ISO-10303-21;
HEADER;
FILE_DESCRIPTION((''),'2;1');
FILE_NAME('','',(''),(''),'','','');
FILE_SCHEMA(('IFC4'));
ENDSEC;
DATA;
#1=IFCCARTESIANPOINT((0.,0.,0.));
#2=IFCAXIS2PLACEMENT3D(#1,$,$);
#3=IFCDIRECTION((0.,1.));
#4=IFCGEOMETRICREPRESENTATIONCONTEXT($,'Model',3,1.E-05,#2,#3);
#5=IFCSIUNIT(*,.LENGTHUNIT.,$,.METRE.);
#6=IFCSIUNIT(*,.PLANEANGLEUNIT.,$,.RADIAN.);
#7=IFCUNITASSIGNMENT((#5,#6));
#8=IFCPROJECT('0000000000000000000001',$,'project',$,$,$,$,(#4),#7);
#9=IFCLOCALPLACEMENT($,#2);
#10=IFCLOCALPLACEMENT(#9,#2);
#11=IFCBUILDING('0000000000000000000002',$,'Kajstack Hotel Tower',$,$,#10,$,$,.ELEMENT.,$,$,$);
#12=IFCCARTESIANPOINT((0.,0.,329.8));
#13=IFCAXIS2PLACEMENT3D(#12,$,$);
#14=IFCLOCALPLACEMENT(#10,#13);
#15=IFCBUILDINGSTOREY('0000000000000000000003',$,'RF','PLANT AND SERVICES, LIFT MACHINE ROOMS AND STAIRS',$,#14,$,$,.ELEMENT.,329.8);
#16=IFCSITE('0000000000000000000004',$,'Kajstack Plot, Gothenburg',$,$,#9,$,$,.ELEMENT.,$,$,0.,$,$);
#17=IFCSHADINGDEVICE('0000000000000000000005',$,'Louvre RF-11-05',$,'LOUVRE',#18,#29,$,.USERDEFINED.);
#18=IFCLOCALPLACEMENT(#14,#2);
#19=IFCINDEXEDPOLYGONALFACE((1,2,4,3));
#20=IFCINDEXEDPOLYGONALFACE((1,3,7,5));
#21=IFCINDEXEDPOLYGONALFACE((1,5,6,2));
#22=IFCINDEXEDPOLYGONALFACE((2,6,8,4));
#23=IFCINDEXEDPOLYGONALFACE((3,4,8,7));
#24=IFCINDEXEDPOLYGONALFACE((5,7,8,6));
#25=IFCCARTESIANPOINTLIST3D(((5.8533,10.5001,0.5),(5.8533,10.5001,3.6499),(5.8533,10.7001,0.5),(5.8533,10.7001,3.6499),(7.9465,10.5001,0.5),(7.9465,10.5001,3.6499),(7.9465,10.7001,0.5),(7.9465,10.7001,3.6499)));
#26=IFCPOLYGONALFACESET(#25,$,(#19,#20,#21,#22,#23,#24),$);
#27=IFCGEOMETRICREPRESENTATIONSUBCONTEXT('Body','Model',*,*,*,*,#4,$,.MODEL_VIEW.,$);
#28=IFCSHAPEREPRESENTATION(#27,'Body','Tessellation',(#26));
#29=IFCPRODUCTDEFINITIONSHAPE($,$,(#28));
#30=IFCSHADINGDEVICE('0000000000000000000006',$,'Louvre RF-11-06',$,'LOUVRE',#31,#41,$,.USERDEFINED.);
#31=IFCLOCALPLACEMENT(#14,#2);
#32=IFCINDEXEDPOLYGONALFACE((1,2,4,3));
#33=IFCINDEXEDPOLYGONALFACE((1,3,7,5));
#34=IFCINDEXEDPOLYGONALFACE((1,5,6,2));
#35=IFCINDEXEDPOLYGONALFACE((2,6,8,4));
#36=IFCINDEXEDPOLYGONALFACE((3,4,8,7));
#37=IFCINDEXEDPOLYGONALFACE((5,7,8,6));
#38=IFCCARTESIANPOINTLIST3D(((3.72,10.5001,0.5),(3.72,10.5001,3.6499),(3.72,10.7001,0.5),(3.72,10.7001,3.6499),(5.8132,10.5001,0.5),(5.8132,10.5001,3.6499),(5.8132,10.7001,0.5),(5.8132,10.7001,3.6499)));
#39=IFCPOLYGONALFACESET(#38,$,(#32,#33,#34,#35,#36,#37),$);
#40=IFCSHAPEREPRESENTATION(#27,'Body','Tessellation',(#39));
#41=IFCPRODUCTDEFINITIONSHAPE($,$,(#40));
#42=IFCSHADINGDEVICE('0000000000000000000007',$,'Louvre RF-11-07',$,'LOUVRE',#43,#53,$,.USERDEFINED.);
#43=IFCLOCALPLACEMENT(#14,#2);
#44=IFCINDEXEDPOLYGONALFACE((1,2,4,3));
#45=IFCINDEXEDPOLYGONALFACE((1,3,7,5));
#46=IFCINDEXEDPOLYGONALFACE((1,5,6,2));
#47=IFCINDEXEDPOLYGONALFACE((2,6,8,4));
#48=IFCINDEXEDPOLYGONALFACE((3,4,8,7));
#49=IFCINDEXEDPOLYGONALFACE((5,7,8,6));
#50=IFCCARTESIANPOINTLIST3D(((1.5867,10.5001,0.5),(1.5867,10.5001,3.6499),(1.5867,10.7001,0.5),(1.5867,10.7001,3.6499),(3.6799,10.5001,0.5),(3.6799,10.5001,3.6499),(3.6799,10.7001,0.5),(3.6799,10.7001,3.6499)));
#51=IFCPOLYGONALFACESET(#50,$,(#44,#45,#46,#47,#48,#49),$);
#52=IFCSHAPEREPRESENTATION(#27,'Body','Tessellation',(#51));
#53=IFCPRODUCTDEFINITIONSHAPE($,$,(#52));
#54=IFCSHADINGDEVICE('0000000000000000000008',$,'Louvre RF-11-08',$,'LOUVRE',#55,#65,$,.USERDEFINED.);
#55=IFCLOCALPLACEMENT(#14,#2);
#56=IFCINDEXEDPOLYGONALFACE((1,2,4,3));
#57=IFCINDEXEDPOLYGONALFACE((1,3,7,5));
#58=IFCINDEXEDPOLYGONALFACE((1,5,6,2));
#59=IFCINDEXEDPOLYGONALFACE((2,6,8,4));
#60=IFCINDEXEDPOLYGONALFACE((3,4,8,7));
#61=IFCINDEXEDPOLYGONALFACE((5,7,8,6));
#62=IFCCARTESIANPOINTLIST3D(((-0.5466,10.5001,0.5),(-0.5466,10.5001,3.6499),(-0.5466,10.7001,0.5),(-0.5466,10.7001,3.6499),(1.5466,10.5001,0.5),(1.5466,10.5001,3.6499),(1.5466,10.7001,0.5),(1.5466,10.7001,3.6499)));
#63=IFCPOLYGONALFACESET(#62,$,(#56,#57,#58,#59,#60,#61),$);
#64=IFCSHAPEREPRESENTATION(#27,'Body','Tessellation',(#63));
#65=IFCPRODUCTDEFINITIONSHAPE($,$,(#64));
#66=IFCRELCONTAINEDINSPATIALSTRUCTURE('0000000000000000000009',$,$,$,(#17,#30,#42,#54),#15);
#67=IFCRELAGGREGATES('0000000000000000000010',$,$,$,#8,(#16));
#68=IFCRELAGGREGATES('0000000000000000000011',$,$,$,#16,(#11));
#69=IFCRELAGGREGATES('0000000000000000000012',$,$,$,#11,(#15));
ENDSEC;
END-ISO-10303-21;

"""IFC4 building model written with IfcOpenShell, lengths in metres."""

from ifc_helpers import new_model, si_unit, direction, frame, origin, origin_2d, place, context, subcontext, project, spatial, rectangle, extrude, element, save


model = new_model("IFC4")

# Units and contexts
model_context = context("Model", 3, precision=1e-05, world=origin(), true_north=direction((0.0, 1.0)))
body_context = subcontext(model_context, "Body", "Model", "MODEL_VIEW")
ifc_project = project(units=[si_unit("LENGTHUNIT", "METRE"), si_unit("PLANEANGLEUNIT", "RADIAN")], contexts=[model_context])

# Site, building, storey
site_placement = place(None, origin())
site = spatial("IfcSite", under=ifc_project, at=site_placement, Name="Kajstack Plot, Gothenburg", CompositionType="ELEMENT", RefElevation=0.0)
building_placement = place(site_placement, origin())
building = spatial("IfcBuilding", under=site, at=building_placement, Name="Kajstack Hotel Tower", CompositionType="ELEMENT")
storey_placement = place(building_placement, frame((0.0, 0.0, 329.8)))
storey = spatial("IfcBuildingStorey", under=building, at=storey_placement, Name="RF", Description="PLANT AND SERVICES, LIFT MACHINE ROOMS AND STAIRS", CompositionType="ELEMENT", Elevation=329.8)

# Shading devices
for number, where, z_axis, x_axis, name in (
    (1, (6.8999, 10.6001, 0.5), (0.0, 0.0, 1.0), (-1.0, 0.0, 0.0), "Louvre RF-11-05"),
    (2, (4.7666, 10.6001, 0.5), (0.0, 0.0, 1.0), (-1.0, 0.0, 0.0), "Louvre RF-11-06"),
    (3, (2.6333, 10.6001, 0.5), (0.0, 0.0, 1.0), (-1.0, 0.0, 0.0), "Louvre RF-11-07"),
    (4, (0.5, 10.6001, 0.5), (0.0, 0.0, 1.0), (-1.0, 0.0, 0.0), "Louvre RF-11-08"),
):
    element("IfcShadingDevice", number, at=place(storey_placement, frame(where, z_axis=z_axis, x_axis=x_axis)), inside=storey, Name=name, ObjectType="LOUVRE", PredefinedType="USERDEFINED", context=body_context, shape_type="SweptSolid", body=[
        extrude(rectangle(XDim=2.0933, YDim=0.2, at=origin_2d()), origin(), (0.0, 0.0, 1.0), 3.1499),
    ])

save(model, "model.ifc")
